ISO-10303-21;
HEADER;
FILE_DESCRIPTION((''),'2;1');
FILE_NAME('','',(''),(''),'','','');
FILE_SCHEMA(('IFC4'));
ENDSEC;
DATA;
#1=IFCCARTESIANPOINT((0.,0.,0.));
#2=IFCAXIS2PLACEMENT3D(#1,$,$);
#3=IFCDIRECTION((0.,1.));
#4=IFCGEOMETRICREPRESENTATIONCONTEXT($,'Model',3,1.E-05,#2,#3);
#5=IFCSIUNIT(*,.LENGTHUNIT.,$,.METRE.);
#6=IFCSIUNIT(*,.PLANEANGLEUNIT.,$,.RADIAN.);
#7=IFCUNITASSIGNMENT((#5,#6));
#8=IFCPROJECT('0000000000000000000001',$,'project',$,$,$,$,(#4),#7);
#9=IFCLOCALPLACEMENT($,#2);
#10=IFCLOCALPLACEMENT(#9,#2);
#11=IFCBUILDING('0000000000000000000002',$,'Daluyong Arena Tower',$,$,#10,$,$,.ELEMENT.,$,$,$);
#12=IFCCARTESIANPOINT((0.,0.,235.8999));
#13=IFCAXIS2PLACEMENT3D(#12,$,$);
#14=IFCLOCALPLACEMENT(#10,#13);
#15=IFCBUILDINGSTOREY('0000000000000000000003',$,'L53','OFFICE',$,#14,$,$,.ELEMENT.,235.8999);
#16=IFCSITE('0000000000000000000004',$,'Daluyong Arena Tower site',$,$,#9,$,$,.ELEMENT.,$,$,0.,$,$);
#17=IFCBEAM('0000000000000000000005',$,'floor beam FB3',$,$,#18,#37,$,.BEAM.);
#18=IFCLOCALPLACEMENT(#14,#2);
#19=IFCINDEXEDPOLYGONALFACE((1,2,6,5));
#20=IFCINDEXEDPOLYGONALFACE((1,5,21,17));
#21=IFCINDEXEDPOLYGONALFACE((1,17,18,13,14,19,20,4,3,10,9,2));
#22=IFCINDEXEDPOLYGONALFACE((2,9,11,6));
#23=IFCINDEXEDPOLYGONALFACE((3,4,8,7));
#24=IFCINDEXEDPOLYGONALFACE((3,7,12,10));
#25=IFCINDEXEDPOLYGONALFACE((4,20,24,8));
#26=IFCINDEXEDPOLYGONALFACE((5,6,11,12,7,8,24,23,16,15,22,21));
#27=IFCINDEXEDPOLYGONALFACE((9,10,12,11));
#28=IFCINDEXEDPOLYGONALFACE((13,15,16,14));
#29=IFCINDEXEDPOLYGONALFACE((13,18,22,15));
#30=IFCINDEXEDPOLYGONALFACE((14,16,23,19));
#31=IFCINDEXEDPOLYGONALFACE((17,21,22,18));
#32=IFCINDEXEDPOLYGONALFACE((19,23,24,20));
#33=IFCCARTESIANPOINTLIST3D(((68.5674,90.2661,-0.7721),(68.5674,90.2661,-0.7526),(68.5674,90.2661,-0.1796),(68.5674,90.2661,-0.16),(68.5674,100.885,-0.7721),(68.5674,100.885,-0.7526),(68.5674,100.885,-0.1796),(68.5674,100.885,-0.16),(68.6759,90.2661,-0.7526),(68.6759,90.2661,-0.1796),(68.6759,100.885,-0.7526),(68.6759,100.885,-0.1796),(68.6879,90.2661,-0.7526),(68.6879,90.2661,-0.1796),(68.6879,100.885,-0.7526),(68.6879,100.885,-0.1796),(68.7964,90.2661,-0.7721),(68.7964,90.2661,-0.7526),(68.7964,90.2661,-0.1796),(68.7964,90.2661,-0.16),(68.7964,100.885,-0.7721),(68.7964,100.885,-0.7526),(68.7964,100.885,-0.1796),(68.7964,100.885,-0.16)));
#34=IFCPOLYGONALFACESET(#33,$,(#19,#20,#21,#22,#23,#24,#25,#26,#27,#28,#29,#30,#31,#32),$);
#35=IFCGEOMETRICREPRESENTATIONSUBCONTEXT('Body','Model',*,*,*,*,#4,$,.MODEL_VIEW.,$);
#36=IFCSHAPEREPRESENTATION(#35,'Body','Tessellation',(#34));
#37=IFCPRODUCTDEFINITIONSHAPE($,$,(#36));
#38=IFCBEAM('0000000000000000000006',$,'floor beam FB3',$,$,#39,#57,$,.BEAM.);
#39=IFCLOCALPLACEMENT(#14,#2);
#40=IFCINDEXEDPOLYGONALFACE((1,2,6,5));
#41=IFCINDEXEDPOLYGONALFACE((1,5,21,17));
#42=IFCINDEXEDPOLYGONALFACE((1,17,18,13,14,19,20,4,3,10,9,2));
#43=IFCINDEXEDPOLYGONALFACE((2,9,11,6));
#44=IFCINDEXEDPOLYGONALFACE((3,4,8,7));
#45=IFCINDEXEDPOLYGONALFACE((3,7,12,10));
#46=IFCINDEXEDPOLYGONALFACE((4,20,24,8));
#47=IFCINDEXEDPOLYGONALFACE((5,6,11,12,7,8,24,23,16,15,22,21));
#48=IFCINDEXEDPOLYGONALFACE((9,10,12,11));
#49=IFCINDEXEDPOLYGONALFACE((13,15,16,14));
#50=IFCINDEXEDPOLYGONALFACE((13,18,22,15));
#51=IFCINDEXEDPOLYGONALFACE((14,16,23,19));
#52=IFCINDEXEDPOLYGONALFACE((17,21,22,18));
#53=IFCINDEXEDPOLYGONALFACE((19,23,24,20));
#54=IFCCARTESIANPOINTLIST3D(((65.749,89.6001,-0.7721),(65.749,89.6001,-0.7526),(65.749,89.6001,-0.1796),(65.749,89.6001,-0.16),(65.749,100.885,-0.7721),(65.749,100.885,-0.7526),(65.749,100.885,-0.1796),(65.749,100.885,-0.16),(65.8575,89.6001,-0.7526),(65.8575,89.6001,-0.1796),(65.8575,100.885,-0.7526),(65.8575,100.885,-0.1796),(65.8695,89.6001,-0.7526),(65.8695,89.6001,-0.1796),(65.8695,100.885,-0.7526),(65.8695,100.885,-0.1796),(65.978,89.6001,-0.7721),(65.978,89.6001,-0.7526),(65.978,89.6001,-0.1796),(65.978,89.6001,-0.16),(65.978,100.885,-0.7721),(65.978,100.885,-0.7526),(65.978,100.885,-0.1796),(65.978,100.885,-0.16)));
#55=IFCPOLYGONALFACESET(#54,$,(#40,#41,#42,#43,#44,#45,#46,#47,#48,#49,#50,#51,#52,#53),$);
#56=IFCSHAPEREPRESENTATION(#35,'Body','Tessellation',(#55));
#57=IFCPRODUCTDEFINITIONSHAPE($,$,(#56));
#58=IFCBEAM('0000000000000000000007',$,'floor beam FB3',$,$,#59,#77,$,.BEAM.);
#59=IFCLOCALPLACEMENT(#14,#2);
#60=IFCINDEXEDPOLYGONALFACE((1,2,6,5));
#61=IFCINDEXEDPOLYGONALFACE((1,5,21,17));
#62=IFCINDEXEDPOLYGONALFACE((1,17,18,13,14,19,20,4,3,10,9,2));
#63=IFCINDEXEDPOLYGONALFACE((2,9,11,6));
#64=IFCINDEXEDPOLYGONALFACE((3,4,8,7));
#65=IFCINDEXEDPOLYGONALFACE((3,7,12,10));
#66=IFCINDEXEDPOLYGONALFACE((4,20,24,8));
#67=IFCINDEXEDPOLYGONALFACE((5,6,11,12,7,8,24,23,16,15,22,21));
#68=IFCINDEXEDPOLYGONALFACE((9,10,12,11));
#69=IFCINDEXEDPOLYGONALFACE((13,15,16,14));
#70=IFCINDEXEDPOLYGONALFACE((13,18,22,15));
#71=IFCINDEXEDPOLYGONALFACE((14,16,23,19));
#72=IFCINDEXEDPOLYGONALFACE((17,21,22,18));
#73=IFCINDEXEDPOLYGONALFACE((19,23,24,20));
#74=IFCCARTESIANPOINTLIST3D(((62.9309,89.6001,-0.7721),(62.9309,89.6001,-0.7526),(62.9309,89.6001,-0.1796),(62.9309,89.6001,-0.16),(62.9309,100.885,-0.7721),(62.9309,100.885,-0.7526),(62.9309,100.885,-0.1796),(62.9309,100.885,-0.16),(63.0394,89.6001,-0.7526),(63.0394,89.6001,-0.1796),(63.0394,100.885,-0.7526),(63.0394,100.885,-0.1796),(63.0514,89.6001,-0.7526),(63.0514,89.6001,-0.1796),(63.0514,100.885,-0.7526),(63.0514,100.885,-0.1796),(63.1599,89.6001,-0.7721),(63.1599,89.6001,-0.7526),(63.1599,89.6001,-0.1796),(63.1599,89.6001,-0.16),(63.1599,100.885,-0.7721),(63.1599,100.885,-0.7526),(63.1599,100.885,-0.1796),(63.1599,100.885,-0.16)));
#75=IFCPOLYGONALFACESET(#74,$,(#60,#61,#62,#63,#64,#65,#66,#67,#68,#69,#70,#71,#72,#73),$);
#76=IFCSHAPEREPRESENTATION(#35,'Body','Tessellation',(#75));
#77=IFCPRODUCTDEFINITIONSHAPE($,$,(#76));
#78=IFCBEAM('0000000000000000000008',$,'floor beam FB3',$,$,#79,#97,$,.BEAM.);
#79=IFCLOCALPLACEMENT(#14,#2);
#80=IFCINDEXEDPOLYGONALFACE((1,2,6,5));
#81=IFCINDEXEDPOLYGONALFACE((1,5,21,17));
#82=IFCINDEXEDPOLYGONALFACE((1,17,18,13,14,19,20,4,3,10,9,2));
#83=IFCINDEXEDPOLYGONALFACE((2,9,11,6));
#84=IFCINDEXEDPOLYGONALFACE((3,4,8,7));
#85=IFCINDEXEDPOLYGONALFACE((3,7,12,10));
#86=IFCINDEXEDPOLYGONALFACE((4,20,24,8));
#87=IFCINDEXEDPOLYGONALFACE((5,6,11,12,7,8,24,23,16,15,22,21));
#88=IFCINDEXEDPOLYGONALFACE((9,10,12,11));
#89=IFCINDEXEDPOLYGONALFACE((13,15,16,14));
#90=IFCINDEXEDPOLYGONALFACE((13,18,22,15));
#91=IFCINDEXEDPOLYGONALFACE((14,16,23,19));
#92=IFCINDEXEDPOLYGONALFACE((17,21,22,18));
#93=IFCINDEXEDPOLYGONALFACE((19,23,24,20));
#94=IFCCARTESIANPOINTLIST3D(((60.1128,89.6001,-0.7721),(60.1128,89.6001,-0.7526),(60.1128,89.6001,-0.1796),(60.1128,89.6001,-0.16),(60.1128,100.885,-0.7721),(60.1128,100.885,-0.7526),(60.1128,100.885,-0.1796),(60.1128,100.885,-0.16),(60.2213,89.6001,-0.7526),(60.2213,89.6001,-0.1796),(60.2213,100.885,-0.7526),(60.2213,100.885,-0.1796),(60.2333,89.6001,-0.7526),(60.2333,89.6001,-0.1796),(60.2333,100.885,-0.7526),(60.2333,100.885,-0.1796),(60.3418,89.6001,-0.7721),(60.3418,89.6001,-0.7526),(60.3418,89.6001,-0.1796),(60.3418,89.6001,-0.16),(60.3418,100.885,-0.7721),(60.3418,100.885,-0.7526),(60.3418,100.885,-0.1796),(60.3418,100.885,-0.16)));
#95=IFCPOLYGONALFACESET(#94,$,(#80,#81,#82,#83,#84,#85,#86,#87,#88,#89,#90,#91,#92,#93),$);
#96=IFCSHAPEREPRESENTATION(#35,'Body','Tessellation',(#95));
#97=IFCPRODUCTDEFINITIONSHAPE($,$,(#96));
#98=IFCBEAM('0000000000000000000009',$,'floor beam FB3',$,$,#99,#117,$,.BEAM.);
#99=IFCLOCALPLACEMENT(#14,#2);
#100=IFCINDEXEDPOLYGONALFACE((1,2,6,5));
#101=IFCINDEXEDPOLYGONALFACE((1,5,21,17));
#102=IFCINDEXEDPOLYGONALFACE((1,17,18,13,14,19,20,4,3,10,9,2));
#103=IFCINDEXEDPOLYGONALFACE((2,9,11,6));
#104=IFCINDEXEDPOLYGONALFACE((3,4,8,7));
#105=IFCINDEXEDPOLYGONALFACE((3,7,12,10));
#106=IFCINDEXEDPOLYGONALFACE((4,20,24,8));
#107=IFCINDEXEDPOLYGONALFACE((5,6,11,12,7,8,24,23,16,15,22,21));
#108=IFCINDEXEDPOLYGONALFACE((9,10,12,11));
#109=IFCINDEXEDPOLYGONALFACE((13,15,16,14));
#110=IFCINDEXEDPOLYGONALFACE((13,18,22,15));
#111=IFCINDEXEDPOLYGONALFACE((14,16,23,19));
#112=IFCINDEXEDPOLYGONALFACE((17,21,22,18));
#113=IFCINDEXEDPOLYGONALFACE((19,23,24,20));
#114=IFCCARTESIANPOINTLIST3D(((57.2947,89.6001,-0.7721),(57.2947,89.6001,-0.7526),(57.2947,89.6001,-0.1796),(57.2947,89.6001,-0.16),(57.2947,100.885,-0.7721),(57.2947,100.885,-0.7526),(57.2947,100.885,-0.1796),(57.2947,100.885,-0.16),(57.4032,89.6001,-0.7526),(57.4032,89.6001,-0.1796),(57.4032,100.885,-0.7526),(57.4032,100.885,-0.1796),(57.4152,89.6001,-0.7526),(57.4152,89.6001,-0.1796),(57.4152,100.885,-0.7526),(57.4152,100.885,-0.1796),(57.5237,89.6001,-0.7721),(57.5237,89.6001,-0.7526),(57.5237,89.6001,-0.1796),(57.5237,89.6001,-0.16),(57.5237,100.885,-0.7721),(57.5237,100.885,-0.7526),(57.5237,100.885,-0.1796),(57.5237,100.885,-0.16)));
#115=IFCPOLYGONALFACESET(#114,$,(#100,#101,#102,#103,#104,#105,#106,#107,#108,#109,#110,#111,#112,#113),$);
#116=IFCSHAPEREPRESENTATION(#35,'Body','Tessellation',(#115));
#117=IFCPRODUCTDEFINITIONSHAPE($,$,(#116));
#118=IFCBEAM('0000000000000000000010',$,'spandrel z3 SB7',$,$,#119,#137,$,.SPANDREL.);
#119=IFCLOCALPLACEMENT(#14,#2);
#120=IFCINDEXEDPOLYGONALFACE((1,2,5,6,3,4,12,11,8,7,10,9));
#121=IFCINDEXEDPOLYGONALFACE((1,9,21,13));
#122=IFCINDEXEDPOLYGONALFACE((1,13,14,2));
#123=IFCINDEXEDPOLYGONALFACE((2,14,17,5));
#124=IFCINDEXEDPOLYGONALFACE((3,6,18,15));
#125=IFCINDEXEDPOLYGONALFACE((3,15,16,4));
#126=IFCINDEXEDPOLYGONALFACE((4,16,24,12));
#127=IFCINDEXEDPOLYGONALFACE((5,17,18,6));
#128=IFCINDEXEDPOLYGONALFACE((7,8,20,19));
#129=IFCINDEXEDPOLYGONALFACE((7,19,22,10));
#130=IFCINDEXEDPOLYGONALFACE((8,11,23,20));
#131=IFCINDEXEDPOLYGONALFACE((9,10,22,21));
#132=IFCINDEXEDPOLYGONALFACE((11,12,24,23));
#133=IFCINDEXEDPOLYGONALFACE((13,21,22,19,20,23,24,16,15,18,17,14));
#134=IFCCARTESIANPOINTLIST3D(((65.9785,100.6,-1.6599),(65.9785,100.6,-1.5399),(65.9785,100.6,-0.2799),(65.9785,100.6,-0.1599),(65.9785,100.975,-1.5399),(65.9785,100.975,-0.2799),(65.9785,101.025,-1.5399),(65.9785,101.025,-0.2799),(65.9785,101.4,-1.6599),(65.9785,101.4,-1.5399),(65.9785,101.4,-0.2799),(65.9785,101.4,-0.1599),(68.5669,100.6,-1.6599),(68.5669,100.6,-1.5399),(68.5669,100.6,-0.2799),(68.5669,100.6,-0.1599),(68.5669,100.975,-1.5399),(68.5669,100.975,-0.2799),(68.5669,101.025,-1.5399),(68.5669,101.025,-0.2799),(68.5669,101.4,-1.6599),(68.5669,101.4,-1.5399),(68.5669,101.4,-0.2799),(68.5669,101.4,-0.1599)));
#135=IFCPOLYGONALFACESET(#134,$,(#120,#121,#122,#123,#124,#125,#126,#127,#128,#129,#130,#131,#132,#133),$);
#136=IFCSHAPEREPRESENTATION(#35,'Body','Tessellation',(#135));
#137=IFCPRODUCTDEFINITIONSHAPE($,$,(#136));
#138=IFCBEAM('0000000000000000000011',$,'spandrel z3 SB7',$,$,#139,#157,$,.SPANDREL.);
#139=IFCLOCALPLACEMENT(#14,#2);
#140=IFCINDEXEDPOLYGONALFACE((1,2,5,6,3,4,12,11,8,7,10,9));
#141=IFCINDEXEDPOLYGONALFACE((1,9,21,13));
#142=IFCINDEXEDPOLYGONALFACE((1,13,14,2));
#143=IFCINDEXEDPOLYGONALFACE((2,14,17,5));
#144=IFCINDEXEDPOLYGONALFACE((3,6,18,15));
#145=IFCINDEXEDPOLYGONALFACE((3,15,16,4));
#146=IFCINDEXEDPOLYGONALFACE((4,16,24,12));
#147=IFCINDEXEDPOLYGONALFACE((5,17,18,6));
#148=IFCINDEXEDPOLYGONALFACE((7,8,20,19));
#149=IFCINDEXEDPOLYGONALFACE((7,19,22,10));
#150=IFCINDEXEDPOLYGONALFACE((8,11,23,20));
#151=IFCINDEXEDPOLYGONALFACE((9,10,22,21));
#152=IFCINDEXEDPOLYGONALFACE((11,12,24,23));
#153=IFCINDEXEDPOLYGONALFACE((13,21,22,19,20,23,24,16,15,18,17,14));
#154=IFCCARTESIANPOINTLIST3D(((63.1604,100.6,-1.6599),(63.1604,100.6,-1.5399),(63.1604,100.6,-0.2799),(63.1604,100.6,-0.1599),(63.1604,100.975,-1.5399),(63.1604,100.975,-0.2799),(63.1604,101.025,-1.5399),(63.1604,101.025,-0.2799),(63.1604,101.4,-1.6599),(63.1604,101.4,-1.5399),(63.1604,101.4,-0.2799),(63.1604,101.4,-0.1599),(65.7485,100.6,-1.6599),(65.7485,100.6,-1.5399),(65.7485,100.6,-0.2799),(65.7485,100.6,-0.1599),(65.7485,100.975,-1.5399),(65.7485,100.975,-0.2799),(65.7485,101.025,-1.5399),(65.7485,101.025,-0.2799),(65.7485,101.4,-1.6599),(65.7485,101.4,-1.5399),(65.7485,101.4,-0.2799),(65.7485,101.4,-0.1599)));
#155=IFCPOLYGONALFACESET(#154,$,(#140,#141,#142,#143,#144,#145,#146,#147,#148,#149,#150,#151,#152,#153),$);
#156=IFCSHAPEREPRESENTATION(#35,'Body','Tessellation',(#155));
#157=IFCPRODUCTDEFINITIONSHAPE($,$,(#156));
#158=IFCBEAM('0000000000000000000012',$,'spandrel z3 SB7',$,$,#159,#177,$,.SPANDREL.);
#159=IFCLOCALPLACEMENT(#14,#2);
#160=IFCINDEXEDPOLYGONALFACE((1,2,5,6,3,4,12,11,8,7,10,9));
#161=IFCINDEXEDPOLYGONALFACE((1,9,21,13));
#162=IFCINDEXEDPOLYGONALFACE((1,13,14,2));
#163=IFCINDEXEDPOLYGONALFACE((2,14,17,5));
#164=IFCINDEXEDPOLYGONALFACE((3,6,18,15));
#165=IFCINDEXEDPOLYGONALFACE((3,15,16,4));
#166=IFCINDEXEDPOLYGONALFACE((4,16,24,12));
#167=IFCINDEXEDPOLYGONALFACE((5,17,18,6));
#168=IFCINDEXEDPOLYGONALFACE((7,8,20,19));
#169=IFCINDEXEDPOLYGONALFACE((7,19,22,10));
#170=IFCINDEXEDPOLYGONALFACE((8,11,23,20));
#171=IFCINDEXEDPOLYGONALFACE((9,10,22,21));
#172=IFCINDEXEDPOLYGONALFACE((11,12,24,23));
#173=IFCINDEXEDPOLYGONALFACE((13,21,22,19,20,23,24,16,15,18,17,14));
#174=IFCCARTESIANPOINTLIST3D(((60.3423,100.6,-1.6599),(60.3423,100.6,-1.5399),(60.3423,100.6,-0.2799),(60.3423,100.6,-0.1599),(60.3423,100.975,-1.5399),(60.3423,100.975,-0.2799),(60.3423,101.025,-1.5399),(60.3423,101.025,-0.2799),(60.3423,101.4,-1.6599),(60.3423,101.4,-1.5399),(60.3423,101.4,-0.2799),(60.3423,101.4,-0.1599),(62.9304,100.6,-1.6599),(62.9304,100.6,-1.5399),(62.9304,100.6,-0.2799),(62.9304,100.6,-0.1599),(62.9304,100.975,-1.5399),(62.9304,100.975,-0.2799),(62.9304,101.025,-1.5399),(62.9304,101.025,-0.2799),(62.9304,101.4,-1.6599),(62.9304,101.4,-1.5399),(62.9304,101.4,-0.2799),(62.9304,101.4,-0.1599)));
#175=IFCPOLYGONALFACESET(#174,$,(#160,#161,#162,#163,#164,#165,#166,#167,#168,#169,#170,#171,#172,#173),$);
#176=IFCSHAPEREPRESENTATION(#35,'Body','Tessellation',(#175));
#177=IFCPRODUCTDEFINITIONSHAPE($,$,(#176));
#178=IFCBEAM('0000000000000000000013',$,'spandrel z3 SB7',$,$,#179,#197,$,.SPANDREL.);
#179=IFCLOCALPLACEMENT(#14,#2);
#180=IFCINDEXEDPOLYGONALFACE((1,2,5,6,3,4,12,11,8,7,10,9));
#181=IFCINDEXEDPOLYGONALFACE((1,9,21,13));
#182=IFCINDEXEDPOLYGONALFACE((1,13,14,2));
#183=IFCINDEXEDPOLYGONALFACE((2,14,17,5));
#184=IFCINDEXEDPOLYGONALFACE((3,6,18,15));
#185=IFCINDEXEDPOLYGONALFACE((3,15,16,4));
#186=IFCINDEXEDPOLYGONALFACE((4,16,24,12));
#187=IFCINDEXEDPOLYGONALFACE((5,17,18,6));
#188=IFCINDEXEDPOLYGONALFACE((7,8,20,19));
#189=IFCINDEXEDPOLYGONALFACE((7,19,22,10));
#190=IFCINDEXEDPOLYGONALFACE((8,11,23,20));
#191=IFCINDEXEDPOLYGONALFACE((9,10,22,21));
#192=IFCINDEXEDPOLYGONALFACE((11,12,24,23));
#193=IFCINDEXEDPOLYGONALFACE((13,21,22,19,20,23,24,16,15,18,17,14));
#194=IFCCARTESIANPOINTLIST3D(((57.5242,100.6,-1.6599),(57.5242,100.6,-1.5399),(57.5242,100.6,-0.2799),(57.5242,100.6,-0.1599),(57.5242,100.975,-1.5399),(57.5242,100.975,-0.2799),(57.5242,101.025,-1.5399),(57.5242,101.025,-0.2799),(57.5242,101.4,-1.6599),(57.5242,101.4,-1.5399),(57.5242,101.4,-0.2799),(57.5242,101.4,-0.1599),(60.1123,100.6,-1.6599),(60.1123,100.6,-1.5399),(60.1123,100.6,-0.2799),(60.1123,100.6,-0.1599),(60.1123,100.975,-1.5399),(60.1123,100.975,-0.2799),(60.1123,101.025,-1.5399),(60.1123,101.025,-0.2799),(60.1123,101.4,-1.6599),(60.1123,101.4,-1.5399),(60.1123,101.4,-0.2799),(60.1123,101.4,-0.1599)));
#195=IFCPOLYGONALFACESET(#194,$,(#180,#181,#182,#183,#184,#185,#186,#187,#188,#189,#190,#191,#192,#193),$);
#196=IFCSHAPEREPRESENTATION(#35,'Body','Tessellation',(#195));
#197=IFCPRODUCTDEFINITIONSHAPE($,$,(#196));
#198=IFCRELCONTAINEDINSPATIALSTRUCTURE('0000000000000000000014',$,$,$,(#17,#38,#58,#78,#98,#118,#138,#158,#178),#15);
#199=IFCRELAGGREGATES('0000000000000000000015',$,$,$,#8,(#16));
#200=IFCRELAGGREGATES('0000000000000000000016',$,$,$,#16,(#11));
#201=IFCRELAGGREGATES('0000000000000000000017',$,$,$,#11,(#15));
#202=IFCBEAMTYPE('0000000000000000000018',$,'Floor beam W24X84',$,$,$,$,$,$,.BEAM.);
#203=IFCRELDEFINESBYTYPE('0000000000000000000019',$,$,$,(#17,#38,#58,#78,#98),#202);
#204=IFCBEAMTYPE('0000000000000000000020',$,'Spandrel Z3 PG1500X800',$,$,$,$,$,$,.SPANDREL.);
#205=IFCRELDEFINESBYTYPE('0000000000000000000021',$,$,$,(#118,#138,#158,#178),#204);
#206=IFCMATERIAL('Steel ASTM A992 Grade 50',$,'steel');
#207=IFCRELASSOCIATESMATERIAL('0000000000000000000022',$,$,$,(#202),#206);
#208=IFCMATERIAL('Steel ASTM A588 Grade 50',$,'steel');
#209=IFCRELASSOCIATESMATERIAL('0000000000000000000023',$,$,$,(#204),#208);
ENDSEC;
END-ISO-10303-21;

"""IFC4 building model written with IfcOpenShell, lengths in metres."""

from ifc_helpers import new_model, si_unit, direction, frame, origin, origin_2d, place, context, subcontext, project, spatial, i_section, extrude, material, material_profile, profile_set, type_object, element, save


model = new_model("IFC4")

# Units and contexts
model_context = context("Model", 3, precision=1e-05, world=origin(), true_north=direction((0.0, 1.0)))
body_context = subcontext(model_context, "Body", "Model", "MODEL_VIEW")
ifc_project = project(units=[si_unit("LENGTHUNIT", "METRE"), si_unit("PLANEANGLEUNIT", "RADIAN")], contexts=[model_context])

# Site, building, storey
site_placement = place(None, origin())
site = spatial("IfcSite", under=ifc_project, at=site_placement, Name="Daluyong Arena Tower site", CompositionType="ELEMENT", RefElevation=0.0)
building_placement = place(site_placement, origin())
building = spatial("IfcBuilding", under=site, at=building_placement, Name="Daluyong Arena Tower", CompositionType="ELEMENT")
storey_placement = place(building_placement, frame((0.0, 0.0, 235.8999)))
storey = spatial("IfcBuildingStorey", under=building, at=storey_placement, Name="L53", Description="OFFICE", CompositionType="ELEMENT", Elevation=235.8999)

# Beams
ifc_material_1 = material(Name="Steel ASTM A992 Grade 50", Category="steel")
ifc_material_profile_1 = material_profile(ifc_material_1, i_section(OverallWidth=0.229, OverallDepth=0.6121, WebThickness=0.012, FlangeThickness=0.0195, at=origin_2d()))
ifc_profile_set_1 = profile_set([ifc_material_profile_1], Name="Steel ASTM A992 Grade 50")
beam_type_1 = type_object("IfcBeamType", Name="Floor beam W24X84", PredefinedType="BEAM", material=ifc_profile_set_1)
beam_1_placement = place(storey_placement, frame((68.6819, 100.885, -0.4661), z_axis=(0.0, -1.0, 0.0), x_axis=(1.0, 0.0, 0.0)))
element("IfcBeam", 1, at=beam_1_placement, inside=storey, type_object=beam_type_1, Name="floor beam FB3", PredefinedType="BEAM", context=body_context, shape_type="SweptSolid", body=[
    extrude(i_section(OverallWidth=0.229, OverallDepth=0.6121, WebThickness=0.012, FlangeThickness=0.0195, at=origin_2d()), origin(), (0.0, 0.0, 1.0), 10.6189),
])
for number, where, z_axis, x_axis, name in (
    (2, (65.8635, 100.885, -0.4661), (0.0, -1.0, 0.0), (1.0, 0.0, 0.0), "floor beam FB3"),
    (3, (63.0454, 100.885, -0.4661), (0.0, -1.0, 0.0), (1.0, 0.0, 0.0), "floor beam FB3"),
    (4, (60.2273, 100.885, -0.4661), (0.0, -1.0, 0.0), (1.0, 0.0, 0.0), "floor beam FB3"),
    (5, (57.4092, 100.885, -0.4661), (0.0, -1.0, 0.0), (1.0, 0.0, 0.0), "floor beam FB3"),
):
    element("IfcBeam", number, at=place(storey_placement, frame(where, z_axis=z_axis, x_axis=x_axis)), inside=storey, type_object=beam_type_1, Name=name, PredefinedType="BEAM", context=body_context, shape_type="SweptSolid", body=[
        extrude(i_section(OverallWidth=0.229, OverallDepth=0.6121, WebThickness=0.012, FlangeThickness=0.0195, at=origin_2d()), origin(), (0.0, 0.0, 1.0), 11.2849),
    ])
ifc_material_2 = material(Name="Steel ASTM A588 Grade 50", Category="steel")
ifc_material_profile_2 = material_profile(ifc_material_2, i_section(OverallWidth=0.8, OverallDepth=1.5, WebThickness=0.05, FlangeThickness=0.12, at=origin_2d()))
ifc_profile_set_2 = profile_set([ifc_material_profile_2], Name="Steel ASTM A588 Grade 50")
beam_type_2 = type_object("IfcBeamType", Name="Spandrel Z3 PG1500X800", PredefinedType="SPANDREL", material=ifc_profile_set_2)
beam_2_placement = place(storey_placement, frame((68.5669, 101.0, -0.9099), z_axis=(-1.0, 0.0, 0.0), x_axis=(0.0, -1.0, 0.0)))
element("IfcBeam", 6, at=beam_2_placement, inside=storey, type_object=beam_type_2, Name="spandrel z3 SB7", PredefinedType="SPANDREL", context=body_context, shape_type="SweptSolid", body=[
    extrude(i_section(OverallWidth=0.8, OverallDepth=1.5, WebThickness=0.05, FlangeThickness=0.12, at=origin_2d()), origin(), (0.0, 0.0, 1.0), 2.5884),
])
for number, where, z_axis, x_axis, name in (
    (7, (65.7485, 101.0, -0.9099), (-1.0, 0.0, 0.0), (0.0, -1.0, 0.0), "spandrel z3 SB7"),
    (8, (62.9304, 101.0, -0.9099), (-1.0, 0.0, 0.0), (0.0, -1.0, 0.0), "spandrel z3 SB7"),
    (9, (60.1123, 101.0, -0.9099), (-1.0, 0.0, 0.0), (0.0, -1.0, 0.0), "spandrel z3 SB7"),
):
    element("IfcBeam", number, at=place(storey_placement, frame(where, z_axis=z_axis, x_axis=x_axis)), inside=storey, type_object=beam_type_2, Name=name, PredefinedType="SPANDREL", context=body_context, shape_type="SweptSolid", body=[
        extrude(i_section(OverallWidth=0.8, OverallDepth=1.5, WebThickness=0.05, FlangeThickness=0.12, at=origin_2d()), origin(), (0.0, 0.0, 1.0), 2.5881),
    ])

save(model, "model.ifc")
